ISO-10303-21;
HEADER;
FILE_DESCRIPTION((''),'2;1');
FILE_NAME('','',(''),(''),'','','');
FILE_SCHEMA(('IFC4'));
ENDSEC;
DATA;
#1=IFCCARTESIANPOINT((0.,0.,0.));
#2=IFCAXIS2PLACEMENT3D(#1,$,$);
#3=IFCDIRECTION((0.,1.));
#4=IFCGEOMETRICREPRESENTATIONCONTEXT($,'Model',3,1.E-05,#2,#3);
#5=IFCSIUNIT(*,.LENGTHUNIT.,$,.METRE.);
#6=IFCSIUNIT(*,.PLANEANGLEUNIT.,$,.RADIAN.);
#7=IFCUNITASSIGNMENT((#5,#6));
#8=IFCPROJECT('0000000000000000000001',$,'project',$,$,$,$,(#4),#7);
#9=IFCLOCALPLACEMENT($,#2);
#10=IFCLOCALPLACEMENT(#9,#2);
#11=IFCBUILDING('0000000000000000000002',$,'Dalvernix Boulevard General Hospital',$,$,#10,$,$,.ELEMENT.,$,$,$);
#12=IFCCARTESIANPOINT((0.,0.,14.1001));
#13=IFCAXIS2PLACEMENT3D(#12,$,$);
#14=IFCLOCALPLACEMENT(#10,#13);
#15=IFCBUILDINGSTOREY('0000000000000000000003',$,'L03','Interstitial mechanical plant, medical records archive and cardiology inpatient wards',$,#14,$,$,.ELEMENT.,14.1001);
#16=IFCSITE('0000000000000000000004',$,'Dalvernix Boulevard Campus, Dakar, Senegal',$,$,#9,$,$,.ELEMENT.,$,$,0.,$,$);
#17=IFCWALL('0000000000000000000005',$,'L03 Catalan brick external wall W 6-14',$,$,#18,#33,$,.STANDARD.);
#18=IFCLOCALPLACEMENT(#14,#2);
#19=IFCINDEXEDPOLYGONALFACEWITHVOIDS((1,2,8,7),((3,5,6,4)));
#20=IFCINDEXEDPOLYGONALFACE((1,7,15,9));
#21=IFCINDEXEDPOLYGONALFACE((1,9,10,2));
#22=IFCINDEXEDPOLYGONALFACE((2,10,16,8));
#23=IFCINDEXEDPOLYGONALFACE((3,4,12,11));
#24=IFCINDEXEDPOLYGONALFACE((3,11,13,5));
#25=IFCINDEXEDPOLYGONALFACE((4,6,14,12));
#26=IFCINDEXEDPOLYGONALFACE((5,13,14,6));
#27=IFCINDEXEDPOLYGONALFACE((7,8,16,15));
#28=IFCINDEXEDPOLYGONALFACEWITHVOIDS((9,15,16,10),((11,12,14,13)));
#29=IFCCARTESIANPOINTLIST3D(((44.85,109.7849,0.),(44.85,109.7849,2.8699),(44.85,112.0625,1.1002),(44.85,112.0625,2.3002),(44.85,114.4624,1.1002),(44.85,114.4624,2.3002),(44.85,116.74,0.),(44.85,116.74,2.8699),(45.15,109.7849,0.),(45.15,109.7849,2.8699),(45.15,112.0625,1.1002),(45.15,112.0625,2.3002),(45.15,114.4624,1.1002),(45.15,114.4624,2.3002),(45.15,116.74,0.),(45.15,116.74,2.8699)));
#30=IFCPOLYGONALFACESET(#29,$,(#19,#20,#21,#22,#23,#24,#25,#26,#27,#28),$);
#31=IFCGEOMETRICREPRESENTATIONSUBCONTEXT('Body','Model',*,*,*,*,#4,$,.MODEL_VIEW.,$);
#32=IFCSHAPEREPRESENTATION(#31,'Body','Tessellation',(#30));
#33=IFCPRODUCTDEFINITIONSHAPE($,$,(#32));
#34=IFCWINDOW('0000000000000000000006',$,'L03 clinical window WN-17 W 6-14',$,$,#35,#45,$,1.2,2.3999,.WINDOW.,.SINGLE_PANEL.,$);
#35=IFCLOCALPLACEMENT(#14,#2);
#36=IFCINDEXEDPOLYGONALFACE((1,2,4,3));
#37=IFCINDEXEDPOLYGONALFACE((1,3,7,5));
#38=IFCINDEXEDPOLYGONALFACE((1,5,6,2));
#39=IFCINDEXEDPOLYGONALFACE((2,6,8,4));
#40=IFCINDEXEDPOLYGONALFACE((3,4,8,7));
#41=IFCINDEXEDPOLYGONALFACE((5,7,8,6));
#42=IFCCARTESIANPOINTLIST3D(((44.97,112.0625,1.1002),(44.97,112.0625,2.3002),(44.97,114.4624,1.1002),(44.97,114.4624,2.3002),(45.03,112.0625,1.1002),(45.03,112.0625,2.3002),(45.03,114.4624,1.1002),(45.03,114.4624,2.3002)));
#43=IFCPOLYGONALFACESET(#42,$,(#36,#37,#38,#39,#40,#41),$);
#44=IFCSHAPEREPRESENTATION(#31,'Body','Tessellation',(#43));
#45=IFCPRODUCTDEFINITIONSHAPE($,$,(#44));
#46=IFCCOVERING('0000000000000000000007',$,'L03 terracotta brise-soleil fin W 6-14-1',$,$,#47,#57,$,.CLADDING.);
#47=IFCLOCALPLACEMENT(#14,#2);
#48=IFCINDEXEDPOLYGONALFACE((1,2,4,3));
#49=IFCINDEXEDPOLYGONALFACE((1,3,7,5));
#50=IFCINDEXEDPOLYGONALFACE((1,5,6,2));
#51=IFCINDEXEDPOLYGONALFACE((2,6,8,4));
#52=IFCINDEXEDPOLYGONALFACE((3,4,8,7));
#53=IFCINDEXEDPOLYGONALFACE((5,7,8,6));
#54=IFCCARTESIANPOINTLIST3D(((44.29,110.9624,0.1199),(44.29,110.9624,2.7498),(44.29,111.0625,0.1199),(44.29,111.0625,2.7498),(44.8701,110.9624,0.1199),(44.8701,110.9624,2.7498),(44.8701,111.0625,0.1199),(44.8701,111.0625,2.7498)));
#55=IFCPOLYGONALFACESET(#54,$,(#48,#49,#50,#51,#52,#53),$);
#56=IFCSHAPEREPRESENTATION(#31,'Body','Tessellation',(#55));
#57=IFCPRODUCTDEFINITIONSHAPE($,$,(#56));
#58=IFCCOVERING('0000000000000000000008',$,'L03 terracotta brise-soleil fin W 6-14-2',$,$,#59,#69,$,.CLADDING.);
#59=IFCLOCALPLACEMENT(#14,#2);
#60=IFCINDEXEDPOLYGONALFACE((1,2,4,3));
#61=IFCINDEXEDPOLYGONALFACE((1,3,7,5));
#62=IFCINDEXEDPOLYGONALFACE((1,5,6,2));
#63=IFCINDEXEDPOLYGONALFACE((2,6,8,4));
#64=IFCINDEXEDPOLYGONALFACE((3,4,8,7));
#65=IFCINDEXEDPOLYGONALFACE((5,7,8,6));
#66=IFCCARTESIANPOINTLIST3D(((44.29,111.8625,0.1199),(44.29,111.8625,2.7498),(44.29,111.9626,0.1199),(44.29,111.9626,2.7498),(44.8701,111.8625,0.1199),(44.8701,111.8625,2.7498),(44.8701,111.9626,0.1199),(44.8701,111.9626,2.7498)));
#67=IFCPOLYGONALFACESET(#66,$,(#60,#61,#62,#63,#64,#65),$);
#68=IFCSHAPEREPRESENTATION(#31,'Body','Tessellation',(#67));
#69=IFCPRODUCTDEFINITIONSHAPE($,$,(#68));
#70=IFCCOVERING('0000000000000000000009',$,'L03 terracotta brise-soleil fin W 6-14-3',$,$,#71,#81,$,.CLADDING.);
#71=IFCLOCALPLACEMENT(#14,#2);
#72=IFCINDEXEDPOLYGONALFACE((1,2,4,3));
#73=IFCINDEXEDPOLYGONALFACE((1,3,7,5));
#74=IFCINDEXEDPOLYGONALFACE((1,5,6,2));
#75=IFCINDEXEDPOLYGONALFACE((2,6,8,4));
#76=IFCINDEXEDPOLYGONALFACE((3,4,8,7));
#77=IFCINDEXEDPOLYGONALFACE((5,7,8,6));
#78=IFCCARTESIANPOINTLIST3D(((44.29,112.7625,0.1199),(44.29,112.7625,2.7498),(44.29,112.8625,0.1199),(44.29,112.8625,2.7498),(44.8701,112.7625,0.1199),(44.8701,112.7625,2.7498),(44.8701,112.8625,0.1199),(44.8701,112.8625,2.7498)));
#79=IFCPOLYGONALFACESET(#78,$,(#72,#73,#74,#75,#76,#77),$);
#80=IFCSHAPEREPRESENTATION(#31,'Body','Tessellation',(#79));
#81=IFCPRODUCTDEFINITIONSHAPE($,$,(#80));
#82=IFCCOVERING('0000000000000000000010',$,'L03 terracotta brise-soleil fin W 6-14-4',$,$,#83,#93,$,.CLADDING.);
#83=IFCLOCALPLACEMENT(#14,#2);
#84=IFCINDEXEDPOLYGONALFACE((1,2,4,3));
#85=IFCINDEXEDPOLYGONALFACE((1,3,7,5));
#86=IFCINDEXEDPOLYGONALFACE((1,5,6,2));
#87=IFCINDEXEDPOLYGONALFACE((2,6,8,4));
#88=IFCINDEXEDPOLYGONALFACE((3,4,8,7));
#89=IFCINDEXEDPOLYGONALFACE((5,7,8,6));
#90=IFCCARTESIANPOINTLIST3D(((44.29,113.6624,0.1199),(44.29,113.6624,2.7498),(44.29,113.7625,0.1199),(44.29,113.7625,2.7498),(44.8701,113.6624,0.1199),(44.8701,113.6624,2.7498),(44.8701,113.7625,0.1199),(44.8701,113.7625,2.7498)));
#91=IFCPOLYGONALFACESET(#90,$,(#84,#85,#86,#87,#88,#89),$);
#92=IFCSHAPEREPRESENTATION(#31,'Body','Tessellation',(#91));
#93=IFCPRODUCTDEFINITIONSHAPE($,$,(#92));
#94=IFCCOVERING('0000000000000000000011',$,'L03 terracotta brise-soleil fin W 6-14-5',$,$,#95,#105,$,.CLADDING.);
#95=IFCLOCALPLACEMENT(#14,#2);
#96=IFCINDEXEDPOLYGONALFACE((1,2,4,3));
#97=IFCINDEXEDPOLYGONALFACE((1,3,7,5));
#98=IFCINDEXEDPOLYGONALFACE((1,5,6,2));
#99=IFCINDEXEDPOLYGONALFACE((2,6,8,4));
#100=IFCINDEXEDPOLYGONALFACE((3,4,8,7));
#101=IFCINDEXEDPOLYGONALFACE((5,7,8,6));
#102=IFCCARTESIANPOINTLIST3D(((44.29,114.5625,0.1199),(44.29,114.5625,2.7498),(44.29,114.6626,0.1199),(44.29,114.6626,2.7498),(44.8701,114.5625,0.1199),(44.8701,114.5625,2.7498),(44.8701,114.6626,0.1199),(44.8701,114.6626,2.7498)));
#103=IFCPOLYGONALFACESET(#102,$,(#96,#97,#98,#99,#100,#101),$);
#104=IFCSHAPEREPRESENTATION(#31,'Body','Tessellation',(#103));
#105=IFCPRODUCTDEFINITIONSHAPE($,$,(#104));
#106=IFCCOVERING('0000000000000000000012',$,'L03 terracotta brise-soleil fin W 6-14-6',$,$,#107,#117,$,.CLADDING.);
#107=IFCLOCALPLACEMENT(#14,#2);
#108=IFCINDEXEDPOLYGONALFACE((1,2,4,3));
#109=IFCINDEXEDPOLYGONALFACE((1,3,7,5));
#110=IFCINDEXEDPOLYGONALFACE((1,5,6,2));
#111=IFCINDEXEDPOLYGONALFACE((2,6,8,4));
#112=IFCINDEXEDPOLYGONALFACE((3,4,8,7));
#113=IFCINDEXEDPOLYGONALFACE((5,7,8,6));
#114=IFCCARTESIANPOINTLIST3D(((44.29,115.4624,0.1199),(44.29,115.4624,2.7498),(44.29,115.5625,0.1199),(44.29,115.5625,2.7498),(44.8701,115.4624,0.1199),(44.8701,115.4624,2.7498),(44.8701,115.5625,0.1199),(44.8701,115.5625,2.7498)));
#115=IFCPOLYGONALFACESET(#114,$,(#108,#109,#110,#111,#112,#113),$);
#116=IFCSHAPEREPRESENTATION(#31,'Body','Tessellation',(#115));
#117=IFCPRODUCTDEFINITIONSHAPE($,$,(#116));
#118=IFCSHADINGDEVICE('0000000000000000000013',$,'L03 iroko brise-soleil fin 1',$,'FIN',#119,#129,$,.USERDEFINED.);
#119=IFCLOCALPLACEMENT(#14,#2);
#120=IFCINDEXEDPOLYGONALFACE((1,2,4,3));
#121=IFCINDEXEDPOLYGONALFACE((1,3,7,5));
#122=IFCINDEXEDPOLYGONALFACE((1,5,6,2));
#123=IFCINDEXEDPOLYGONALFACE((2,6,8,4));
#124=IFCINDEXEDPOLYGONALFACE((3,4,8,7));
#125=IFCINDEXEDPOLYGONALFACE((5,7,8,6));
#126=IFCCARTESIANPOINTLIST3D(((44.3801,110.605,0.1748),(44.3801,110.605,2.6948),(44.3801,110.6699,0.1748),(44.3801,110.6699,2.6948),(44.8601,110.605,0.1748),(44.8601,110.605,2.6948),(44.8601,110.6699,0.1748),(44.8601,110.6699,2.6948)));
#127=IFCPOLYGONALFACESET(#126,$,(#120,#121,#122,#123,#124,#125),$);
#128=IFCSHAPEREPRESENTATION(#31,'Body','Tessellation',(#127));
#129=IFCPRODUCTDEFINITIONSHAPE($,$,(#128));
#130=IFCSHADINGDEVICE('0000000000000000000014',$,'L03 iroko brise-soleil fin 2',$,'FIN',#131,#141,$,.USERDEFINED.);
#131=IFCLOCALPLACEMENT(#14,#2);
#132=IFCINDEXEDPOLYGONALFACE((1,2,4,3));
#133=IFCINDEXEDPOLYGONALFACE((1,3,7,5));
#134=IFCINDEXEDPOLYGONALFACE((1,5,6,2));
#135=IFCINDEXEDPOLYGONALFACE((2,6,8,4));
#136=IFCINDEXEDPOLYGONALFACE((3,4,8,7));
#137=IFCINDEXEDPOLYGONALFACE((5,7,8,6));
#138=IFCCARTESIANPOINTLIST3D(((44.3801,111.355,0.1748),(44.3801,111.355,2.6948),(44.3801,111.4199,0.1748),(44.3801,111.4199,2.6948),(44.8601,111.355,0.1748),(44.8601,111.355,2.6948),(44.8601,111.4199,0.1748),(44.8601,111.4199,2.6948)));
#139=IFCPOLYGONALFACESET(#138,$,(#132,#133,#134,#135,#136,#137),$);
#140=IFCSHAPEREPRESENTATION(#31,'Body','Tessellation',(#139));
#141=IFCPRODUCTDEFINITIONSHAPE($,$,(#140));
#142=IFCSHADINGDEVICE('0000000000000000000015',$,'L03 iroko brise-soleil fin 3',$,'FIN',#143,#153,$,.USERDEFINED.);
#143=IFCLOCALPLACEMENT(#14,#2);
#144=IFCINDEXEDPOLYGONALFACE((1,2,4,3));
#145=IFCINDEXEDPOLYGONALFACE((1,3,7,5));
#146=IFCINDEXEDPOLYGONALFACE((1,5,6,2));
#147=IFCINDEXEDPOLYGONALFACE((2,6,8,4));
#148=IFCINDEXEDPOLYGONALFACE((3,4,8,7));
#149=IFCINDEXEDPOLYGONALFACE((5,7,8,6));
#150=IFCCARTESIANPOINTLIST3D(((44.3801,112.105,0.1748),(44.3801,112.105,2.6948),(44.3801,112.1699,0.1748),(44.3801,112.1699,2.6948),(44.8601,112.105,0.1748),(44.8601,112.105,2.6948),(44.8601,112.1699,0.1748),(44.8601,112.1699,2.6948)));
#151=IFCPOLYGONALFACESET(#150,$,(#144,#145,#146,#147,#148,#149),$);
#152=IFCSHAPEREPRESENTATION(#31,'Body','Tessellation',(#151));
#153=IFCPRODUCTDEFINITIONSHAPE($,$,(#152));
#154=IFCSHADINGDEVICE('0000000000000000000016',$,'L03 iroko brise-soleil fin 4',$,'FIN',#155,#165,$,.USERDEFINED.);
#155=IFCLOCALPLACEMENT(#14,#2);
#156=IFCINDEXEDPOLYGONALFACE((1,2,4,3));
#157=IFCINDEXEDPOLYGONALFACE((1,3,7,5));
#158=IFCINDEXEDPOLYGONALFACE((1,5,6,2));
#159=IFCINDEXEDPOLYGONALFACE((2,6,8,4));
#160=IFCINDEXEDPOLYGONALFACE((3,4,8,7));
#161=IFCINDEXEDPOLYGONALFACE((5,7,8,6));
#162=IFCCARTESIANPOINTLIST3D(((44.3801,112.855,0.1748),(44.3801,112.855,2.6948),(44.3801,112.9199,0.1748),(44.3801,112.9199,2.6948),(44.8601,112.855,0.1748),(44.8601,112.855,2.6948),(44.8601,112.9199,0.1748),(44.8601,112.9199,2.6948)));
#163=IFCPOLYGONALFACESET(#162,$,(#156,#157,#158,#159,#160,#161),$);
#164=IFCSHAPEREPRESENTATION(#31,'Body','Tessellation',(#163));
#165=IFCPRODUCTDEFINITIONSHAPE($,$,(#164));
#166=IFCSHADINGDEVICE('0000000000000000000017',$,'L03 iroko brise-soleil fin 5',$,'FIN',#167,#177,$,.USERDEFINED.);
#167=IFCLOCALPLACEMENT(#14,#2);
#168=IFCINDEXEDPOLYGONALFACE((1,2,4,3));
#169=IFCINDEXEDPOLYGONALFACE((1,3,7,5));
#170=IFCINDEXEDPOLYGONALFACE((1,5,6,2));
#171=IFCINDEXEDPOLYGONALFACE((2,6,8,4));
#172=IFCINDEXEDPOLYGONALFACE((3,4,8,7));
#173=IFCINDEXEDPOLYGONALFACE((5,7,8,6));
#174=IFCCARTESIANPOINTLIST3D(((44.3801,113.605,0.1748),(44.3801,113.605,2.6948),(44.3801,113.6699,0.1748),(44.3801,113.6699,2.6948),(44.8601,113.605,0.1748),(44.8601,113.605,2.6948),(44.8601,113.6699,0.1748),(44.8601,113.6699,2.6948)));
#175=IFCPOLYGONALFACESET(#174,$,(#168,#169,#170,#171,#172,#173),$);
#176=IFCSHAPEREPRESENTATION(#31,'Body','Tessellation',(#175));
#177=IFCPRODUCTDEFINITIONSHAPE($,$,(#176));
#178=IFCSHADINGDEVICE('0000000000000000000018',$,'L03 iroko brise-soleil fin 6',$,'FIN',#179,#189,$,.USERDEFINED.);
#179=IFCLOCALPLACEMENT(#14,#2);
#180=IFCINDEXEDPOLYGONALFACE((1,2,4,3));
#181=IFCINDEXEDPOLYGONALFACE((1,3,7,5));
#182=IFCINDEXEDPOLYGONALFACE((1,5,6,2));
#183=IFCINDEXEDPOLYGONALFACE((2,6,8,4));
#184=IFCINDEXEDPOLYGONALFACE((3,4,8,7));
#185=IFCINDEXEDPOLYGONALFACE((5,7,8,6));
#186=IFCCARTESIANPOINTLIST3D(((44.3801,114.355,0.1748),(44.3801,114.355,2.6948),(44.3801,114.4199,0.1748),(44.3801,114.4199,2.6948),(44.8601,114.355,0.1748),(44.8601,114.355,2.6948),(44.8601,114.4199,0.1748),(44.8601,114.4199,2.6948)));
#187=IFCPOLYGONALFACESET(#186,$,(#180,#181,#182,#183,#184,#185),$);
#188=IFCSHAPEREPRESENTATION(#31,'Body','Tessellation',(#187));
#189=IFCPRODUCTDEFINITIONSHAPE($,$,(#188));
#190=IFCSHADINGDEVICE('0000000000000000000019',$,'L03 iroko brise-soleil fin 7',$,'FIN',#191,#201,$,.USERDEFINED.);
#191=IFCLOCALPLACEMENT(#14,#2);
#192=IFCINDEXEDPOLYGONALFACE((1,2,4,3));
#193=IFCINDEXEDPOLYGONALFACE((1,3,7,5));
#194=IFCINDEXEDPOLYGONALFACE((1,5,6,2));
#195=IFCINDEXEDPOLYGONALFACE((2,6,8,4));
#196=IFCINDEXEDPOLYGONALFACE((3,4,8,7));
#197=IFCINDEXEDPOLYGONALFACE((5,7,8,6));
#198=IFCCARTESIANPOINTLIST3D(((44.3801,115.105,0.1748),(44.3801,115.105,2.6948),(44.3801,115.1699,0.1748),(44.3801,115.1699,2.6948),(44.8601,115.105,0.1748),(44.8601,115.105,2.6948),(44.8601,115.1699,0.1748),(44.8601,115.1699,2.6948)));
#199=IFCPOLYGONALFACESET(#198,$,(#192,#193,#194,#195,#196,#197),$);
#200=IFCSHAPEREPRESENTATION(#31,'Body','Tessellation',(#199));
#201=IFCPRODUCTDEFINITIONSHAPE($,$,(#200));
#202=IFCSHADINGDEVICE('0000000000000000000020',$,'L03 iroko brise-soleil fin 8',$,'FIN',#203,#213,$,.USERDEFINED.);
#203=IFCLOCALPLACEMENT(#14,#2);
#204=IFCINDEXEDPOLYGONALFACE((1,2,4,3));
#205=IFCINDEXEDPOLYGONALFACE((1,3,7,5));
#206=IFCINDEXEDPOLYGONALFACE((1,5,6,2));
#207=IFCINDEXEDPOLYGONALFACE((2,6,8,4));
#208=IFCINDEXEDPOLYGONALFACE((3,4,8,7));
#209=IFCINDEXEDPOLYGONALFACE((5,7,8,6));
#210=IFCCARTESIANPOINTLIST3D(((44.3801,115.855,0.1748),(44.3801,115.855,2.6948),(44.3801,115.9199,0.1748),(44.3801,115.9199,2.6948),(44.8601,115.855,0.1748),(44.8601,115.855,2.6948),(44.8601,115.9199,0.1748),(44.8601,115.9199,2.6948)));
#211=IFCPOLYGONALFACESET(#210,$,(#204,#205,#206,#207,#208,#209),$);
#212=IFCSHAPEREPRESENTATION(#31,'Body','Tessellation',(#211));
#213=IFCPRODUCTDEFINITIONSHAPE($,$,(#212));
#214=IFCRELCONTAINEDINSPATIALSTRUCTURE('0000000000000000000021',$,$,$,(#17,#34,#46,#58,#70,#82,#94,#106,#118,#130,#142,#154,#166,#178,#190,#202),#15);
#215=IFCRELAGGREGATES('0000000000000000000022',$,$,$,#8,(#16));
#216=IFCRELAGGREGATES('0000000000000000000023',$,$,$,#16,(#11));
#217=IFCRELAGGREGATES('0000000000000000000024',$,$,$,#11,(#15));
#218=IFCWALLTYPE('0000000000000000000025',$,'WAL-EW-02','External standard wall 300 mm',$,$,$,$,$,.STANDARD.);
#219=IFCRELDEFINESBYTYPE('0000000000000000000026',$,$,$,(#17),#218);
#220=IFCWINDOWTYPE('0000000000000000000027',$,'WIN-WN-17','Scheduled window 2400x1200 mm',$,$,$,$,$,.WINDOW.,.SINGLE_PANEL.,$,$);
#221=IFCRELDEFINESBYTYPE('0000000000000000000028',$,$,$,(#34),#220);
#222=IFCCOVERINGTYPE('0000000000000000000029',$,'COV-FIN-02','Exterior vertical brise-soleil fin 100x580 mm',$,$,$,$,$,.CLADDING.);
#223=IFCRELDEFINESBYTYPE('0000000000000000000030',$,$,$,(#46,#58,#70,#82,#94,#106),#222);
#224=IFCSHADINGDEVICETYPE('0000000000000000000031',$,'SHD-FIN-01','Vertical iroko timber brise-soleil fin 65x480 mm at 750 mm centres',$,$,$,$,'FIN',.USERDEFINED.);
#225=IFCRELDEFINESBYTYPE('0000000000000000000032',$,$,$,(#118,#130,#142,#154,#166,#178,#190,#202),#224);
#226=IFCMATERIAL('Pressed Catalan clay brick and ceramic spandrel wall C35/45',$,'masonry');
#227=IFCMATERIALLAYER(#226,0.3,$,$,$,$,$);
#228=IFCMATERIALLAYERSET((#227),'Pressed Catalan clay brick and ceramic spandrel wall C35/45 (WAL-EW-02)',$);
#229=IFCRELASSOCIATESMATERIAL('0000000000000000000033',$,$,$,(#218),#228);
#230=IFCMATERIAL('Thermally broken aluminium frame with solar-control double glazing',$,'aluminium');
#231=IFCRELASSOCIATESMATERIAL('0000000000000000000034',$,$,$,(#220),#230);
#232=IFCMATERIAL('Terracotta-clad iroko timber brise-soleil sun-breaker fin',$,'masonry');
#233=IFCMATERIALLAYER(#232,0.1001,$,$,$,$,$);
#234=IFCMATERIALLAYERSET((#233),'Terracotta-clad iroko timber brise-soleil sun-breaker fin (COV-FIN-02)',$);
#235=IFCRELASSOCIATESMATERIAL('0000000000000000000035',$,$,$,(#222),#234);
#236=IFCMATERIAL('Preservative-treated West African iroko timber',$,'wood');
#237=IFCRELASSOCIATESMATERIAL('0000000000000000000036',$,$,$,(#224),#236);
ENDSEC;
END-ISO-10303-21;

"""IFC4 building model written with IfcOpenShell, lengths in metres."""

from ifc_helpers import new_model, si_unit, direction, frame, frame_2d, origin, origin_2d, place, context, subcontext, project, spatial, rectangle, extrude, material, layer, layer_set, type_object, element, fill, save


model = new_model("IFC4")

# Units and contexts
model_context = context("Model", 3, precision=1e-05, world=origin(), true_north=direction((0.0, 1.0)))
body_context = subcontext(model_context, "Body", "Model", "MODEL_VIEW")
ifc_project = project(units=[si_unit("LENGTHUNIT", "METRE"), si_unit("PLANEANGLEUNIT", "RADIAN")], contexts=[model_context])

# Site, building, storey
site_placement = place(None, origin())
site = spatial("IfcSite", under=ifc_project, at=site_placement, Name="Dalvernix Boulevard Campus, Dakar, Senegal", CompositionType="ELEMENT", RefElevation=0.0)
building_placement = place(site_placement, origin())
building = spatial("IfcBuilding", under=site, at=building_placement, Name="Dalvernix Boulevard General Hospital", CompositionType="ELEMENT")
storey_placement = place(building_placement, frame((0.0, 0.0, 14.1001)))
storey = spatial("IfcBuildingStorey", under=building, at=storey_placement, Name="L03", Description="Interstitial mechanical plant, medical records archive and cardiology inpatient wards", CompositionType="ELEMENT", Elevation=14.1001)

# Wall, opening, window
ifc_material_1 = material(Name="Pressed Catalan clay brick and ceramic spandrel wall C35/45", Category="masonry")
ifc_layer_1 = layer(ifc_material_1, 0.3)
ifc_layer_set_1 = layer_set([ifc_layer_1], Name="Pressed Catalan clay brick and ceramic spandrel wall C35/45 (WAL-EW-02)")
wall_type = type_object("IfcWallType", Name="WAL-EW-02", Description="External standard wall 300 mm", PredefinedType="STANDARD", material=ifc_layer_set_1)
ifc_material_2 = material(Name="Thermally broken aluminium frame with solar-control double glazing", Category="aluminium")
window_type = type_object("IfcWindowType", Name="WIN-WN-17", Description="Scheduled window 2400x1200 mm", PartitioningType="SINGLE_PANEL", PredefinedType="WINDOW", material=ifc_material_2)
wall_1_placement = place(storey_placement, frame((45.0, 109.7849, 0.0), z_axis=(0.0, 0.0, 1.0), x_axis=(0.0, 1.0, 0.0)))
wall_1 = element("IfcWall", 1, at=wall_1_placement, inside=storey, type_object=wall_type, Name="L03 Catalan brick external wall W 6-14", PredefinedType="STANDARD", context=body_context, shape_type="SweptSolid", body=[
    extrude(rectangle(XDim=6.9551, YDim=0.3, at=frame_2d((3.4775, 0.0))), origin(), (0.0, 0.0, 1.0), 2.8699),
])
opening_1_placement = place(wall_1_placement, frame((2.2776, 0.0, 1.1001)))
opening_1 = element("IfcOpeningElement", 2, at=opening_1_placement, cuts=wall_1, PredefinedType="OPENING", context=body_context, shape_type="SweptSolid", body=[
    extrude(rectangle(XDim=2.3999, YDim=1.2, at=frame_2d((1.2, 0.6001))), frame((0.0, 0.1599, 0.0), z_axis=(0.0, -1.0, 0.0), x_axis=(1.0, 0.0, 0.0)), (0.0, 0.0, 1.0), 0.3201),
])
window_1_placement = place(opening_1_placement, origin())
window_1 = element("IfcWindow", 3, at=window_1_placement, inside=storey, type_object=window_type, Name="L03 clinical window WN-17 W 6-14", OverallHeight=1.2, OverallWidth=2.3999, PartitioningType="SINGLE_PANEL", PredefinedType="WINDOW", context=body_context, shape_type="SweptSolid", body=[
    extrude(rectangle(XDim=2.3999, YDim=1.2, at=frame_2d((1.2, 0.6001))), frame((0.0, 0.03, 0.0), z_axis=(0.0, -1.0, 0.0), x_axis=(1.0, 0.0, 0.0)), (0.0, 0.0, 1.0), 0.0601),
])
fill(opening_1, window_1)

# Coverings
ifc_material_3 = material(Name="Terracotta-clad iroko timber brise-soleil sun-breaker fin", Category="masonry")
ifc_layer_2 = layer(ifc_material_3, 0.1001)
ifc_layer_set_2 = layer_set([ifc_layer_2], Name="Terracotta-clad iroko timber brise-soleil sun-breaker fin (COV-FIN-02)")
covering_type = type_object("IfcCoveringType", Name="COV-FIN-02", Description="Exterior vertical brise-soleil fin 100x580 mm", PredefinedType="CLADDING", material=ifc_layer_set_2)
for number, where, z_axis, x_axis, name in (
    (4, (44.5801, 111.0125, 0.1199), (0.0, 0.0, 1.0), (0.0, 1.0, 0.0), "L03 terracotta brise-soleil fin W 6-14-1"),
    (5, (44.5801, 111.9126, 0.1199), (0.0, 0.0, 1.0), (0.0, 1.0, 0.0), "L03 terracotta brise-soleil fin W 6-14-2"),
    (6, (44.5801, 112.8125, 0.1199), (0.0, 0.0, 1.0), (0.0, 1.0, 0.0), "L03 terracotta brise-soleil fin W 6-14-3"),
    (7, (44.5801, 113.7124, 0.1199), (0.0, 0.0, 1.0), (0.0, 1.0, 0.0), "L03 terracotta brise-soleil fin W 6-14-4"),
    (8, (44.5801, 114.6125, 0.1199), (0.0, 0.0, 1.0), (0.0, 1.0, 0.0), "L03 terracotta brise-soleil fin W 6-14-5"),
    (9, (44.5801, 115.5125, 0.1199), (0.0, 0.0, 1.0), (0.0, 1.0, 0.0), "L03 terracotta brise-soleil fin W 6-14-6"),
):
    element("IfcCovering", number, at=place(storey_placement, frame(where, z_axis=z_axis, x_axis=x_axis)), inside=storey, type_object=covering_type, Name=name, PredefinedType="CLADDING", context=body_context, shape_type="SweptSolid", body=[
        extrude(rectangle(XDim=0.1001, YDim=0.5801, at=origin_2d()), origin(), (0.0, 0.0, 1.0), 2.6299),
    ])

# Shading devices
ifc_material_4 = material(Name="Preservative-treated West African iroko timber", Category="wood")
shading_device_type = type_object("IfcShadingDeviceType", Name="SHD-FIN-01", Description="Vertical iroko timber brise-soleil fin 65x480 mm at 750 mm centres", ElementType="FIN", PredefinedType="USERDEFINED", material=ifc_material_4)
for number, where, z_axis, x_axis, name in (
    (10, (44.6201, 110.6375, 0.1748), (0.0, 0.0, 1.0), (0.0, 1.0, 0.0), "L03 iroko brise-soleil fin 1"),
    (11, (44.6201, 111.3875, 0.1748), (0.0, 0.0, 1.0), (0.0, 1.0, 0.0), "L03 iroko brise-soleil fin 2"),
    (12, (44.6201, 112.1375, 0.1748), (0.0, 0.0, 1.0), (0.0, 1.0, 0.0), "L03 iroko brise-soleil fin 3"),
    (13, (44.6201, 112.8875, 0.1748), (0.0, 0.0, 1.0), (0.0, 1.0, 0.0), "L03 iroko brise-soleil fin 4"),
    (14, (44.6201, 113.6375, 0.1748), (0.0, 0.0, 1.0), (0.0, 1.0, 0.0), "L03 iroko brise-soleil fin 5"),
    (15, (44.6201, 114.3875, 0.1748), (0.0, 0.0, 1.0), (0.0, 1.0, 0.0), "L03 iroko brise-soleil fin 6"),
    (16, (44.6201, 115.1375, 0.1748), (0.0, 0.0, 1.0), (0.0, 1.0, 0.0), "L03 iroko brise-soleil fin 7"),
    (17, (44.6201, 115.8875, 0.1748), (0.0, 0.0, 1.0), (0.0, 1.0, 0.0), "L03 iroko brise-soleil fin 8"),
):
    element("IfcShadingDevice", number, at=place(storey_placement, frame(where, z_axis=z_axis, x_axis=x_axis)), inside=storey, type_object=shading_device_type, Name=name, ObjectType="FIN", PredefinedType="USERDEFINED", context=body_context, shape_type="SweptSolid", body=[
        extrude(rectangle(XDim=0.0649, YDim=0.48, at=origin_2d()), origin(), (0.0, 0.0, 1.0), 2.52),
    ])

save(model, "model.ifc")
